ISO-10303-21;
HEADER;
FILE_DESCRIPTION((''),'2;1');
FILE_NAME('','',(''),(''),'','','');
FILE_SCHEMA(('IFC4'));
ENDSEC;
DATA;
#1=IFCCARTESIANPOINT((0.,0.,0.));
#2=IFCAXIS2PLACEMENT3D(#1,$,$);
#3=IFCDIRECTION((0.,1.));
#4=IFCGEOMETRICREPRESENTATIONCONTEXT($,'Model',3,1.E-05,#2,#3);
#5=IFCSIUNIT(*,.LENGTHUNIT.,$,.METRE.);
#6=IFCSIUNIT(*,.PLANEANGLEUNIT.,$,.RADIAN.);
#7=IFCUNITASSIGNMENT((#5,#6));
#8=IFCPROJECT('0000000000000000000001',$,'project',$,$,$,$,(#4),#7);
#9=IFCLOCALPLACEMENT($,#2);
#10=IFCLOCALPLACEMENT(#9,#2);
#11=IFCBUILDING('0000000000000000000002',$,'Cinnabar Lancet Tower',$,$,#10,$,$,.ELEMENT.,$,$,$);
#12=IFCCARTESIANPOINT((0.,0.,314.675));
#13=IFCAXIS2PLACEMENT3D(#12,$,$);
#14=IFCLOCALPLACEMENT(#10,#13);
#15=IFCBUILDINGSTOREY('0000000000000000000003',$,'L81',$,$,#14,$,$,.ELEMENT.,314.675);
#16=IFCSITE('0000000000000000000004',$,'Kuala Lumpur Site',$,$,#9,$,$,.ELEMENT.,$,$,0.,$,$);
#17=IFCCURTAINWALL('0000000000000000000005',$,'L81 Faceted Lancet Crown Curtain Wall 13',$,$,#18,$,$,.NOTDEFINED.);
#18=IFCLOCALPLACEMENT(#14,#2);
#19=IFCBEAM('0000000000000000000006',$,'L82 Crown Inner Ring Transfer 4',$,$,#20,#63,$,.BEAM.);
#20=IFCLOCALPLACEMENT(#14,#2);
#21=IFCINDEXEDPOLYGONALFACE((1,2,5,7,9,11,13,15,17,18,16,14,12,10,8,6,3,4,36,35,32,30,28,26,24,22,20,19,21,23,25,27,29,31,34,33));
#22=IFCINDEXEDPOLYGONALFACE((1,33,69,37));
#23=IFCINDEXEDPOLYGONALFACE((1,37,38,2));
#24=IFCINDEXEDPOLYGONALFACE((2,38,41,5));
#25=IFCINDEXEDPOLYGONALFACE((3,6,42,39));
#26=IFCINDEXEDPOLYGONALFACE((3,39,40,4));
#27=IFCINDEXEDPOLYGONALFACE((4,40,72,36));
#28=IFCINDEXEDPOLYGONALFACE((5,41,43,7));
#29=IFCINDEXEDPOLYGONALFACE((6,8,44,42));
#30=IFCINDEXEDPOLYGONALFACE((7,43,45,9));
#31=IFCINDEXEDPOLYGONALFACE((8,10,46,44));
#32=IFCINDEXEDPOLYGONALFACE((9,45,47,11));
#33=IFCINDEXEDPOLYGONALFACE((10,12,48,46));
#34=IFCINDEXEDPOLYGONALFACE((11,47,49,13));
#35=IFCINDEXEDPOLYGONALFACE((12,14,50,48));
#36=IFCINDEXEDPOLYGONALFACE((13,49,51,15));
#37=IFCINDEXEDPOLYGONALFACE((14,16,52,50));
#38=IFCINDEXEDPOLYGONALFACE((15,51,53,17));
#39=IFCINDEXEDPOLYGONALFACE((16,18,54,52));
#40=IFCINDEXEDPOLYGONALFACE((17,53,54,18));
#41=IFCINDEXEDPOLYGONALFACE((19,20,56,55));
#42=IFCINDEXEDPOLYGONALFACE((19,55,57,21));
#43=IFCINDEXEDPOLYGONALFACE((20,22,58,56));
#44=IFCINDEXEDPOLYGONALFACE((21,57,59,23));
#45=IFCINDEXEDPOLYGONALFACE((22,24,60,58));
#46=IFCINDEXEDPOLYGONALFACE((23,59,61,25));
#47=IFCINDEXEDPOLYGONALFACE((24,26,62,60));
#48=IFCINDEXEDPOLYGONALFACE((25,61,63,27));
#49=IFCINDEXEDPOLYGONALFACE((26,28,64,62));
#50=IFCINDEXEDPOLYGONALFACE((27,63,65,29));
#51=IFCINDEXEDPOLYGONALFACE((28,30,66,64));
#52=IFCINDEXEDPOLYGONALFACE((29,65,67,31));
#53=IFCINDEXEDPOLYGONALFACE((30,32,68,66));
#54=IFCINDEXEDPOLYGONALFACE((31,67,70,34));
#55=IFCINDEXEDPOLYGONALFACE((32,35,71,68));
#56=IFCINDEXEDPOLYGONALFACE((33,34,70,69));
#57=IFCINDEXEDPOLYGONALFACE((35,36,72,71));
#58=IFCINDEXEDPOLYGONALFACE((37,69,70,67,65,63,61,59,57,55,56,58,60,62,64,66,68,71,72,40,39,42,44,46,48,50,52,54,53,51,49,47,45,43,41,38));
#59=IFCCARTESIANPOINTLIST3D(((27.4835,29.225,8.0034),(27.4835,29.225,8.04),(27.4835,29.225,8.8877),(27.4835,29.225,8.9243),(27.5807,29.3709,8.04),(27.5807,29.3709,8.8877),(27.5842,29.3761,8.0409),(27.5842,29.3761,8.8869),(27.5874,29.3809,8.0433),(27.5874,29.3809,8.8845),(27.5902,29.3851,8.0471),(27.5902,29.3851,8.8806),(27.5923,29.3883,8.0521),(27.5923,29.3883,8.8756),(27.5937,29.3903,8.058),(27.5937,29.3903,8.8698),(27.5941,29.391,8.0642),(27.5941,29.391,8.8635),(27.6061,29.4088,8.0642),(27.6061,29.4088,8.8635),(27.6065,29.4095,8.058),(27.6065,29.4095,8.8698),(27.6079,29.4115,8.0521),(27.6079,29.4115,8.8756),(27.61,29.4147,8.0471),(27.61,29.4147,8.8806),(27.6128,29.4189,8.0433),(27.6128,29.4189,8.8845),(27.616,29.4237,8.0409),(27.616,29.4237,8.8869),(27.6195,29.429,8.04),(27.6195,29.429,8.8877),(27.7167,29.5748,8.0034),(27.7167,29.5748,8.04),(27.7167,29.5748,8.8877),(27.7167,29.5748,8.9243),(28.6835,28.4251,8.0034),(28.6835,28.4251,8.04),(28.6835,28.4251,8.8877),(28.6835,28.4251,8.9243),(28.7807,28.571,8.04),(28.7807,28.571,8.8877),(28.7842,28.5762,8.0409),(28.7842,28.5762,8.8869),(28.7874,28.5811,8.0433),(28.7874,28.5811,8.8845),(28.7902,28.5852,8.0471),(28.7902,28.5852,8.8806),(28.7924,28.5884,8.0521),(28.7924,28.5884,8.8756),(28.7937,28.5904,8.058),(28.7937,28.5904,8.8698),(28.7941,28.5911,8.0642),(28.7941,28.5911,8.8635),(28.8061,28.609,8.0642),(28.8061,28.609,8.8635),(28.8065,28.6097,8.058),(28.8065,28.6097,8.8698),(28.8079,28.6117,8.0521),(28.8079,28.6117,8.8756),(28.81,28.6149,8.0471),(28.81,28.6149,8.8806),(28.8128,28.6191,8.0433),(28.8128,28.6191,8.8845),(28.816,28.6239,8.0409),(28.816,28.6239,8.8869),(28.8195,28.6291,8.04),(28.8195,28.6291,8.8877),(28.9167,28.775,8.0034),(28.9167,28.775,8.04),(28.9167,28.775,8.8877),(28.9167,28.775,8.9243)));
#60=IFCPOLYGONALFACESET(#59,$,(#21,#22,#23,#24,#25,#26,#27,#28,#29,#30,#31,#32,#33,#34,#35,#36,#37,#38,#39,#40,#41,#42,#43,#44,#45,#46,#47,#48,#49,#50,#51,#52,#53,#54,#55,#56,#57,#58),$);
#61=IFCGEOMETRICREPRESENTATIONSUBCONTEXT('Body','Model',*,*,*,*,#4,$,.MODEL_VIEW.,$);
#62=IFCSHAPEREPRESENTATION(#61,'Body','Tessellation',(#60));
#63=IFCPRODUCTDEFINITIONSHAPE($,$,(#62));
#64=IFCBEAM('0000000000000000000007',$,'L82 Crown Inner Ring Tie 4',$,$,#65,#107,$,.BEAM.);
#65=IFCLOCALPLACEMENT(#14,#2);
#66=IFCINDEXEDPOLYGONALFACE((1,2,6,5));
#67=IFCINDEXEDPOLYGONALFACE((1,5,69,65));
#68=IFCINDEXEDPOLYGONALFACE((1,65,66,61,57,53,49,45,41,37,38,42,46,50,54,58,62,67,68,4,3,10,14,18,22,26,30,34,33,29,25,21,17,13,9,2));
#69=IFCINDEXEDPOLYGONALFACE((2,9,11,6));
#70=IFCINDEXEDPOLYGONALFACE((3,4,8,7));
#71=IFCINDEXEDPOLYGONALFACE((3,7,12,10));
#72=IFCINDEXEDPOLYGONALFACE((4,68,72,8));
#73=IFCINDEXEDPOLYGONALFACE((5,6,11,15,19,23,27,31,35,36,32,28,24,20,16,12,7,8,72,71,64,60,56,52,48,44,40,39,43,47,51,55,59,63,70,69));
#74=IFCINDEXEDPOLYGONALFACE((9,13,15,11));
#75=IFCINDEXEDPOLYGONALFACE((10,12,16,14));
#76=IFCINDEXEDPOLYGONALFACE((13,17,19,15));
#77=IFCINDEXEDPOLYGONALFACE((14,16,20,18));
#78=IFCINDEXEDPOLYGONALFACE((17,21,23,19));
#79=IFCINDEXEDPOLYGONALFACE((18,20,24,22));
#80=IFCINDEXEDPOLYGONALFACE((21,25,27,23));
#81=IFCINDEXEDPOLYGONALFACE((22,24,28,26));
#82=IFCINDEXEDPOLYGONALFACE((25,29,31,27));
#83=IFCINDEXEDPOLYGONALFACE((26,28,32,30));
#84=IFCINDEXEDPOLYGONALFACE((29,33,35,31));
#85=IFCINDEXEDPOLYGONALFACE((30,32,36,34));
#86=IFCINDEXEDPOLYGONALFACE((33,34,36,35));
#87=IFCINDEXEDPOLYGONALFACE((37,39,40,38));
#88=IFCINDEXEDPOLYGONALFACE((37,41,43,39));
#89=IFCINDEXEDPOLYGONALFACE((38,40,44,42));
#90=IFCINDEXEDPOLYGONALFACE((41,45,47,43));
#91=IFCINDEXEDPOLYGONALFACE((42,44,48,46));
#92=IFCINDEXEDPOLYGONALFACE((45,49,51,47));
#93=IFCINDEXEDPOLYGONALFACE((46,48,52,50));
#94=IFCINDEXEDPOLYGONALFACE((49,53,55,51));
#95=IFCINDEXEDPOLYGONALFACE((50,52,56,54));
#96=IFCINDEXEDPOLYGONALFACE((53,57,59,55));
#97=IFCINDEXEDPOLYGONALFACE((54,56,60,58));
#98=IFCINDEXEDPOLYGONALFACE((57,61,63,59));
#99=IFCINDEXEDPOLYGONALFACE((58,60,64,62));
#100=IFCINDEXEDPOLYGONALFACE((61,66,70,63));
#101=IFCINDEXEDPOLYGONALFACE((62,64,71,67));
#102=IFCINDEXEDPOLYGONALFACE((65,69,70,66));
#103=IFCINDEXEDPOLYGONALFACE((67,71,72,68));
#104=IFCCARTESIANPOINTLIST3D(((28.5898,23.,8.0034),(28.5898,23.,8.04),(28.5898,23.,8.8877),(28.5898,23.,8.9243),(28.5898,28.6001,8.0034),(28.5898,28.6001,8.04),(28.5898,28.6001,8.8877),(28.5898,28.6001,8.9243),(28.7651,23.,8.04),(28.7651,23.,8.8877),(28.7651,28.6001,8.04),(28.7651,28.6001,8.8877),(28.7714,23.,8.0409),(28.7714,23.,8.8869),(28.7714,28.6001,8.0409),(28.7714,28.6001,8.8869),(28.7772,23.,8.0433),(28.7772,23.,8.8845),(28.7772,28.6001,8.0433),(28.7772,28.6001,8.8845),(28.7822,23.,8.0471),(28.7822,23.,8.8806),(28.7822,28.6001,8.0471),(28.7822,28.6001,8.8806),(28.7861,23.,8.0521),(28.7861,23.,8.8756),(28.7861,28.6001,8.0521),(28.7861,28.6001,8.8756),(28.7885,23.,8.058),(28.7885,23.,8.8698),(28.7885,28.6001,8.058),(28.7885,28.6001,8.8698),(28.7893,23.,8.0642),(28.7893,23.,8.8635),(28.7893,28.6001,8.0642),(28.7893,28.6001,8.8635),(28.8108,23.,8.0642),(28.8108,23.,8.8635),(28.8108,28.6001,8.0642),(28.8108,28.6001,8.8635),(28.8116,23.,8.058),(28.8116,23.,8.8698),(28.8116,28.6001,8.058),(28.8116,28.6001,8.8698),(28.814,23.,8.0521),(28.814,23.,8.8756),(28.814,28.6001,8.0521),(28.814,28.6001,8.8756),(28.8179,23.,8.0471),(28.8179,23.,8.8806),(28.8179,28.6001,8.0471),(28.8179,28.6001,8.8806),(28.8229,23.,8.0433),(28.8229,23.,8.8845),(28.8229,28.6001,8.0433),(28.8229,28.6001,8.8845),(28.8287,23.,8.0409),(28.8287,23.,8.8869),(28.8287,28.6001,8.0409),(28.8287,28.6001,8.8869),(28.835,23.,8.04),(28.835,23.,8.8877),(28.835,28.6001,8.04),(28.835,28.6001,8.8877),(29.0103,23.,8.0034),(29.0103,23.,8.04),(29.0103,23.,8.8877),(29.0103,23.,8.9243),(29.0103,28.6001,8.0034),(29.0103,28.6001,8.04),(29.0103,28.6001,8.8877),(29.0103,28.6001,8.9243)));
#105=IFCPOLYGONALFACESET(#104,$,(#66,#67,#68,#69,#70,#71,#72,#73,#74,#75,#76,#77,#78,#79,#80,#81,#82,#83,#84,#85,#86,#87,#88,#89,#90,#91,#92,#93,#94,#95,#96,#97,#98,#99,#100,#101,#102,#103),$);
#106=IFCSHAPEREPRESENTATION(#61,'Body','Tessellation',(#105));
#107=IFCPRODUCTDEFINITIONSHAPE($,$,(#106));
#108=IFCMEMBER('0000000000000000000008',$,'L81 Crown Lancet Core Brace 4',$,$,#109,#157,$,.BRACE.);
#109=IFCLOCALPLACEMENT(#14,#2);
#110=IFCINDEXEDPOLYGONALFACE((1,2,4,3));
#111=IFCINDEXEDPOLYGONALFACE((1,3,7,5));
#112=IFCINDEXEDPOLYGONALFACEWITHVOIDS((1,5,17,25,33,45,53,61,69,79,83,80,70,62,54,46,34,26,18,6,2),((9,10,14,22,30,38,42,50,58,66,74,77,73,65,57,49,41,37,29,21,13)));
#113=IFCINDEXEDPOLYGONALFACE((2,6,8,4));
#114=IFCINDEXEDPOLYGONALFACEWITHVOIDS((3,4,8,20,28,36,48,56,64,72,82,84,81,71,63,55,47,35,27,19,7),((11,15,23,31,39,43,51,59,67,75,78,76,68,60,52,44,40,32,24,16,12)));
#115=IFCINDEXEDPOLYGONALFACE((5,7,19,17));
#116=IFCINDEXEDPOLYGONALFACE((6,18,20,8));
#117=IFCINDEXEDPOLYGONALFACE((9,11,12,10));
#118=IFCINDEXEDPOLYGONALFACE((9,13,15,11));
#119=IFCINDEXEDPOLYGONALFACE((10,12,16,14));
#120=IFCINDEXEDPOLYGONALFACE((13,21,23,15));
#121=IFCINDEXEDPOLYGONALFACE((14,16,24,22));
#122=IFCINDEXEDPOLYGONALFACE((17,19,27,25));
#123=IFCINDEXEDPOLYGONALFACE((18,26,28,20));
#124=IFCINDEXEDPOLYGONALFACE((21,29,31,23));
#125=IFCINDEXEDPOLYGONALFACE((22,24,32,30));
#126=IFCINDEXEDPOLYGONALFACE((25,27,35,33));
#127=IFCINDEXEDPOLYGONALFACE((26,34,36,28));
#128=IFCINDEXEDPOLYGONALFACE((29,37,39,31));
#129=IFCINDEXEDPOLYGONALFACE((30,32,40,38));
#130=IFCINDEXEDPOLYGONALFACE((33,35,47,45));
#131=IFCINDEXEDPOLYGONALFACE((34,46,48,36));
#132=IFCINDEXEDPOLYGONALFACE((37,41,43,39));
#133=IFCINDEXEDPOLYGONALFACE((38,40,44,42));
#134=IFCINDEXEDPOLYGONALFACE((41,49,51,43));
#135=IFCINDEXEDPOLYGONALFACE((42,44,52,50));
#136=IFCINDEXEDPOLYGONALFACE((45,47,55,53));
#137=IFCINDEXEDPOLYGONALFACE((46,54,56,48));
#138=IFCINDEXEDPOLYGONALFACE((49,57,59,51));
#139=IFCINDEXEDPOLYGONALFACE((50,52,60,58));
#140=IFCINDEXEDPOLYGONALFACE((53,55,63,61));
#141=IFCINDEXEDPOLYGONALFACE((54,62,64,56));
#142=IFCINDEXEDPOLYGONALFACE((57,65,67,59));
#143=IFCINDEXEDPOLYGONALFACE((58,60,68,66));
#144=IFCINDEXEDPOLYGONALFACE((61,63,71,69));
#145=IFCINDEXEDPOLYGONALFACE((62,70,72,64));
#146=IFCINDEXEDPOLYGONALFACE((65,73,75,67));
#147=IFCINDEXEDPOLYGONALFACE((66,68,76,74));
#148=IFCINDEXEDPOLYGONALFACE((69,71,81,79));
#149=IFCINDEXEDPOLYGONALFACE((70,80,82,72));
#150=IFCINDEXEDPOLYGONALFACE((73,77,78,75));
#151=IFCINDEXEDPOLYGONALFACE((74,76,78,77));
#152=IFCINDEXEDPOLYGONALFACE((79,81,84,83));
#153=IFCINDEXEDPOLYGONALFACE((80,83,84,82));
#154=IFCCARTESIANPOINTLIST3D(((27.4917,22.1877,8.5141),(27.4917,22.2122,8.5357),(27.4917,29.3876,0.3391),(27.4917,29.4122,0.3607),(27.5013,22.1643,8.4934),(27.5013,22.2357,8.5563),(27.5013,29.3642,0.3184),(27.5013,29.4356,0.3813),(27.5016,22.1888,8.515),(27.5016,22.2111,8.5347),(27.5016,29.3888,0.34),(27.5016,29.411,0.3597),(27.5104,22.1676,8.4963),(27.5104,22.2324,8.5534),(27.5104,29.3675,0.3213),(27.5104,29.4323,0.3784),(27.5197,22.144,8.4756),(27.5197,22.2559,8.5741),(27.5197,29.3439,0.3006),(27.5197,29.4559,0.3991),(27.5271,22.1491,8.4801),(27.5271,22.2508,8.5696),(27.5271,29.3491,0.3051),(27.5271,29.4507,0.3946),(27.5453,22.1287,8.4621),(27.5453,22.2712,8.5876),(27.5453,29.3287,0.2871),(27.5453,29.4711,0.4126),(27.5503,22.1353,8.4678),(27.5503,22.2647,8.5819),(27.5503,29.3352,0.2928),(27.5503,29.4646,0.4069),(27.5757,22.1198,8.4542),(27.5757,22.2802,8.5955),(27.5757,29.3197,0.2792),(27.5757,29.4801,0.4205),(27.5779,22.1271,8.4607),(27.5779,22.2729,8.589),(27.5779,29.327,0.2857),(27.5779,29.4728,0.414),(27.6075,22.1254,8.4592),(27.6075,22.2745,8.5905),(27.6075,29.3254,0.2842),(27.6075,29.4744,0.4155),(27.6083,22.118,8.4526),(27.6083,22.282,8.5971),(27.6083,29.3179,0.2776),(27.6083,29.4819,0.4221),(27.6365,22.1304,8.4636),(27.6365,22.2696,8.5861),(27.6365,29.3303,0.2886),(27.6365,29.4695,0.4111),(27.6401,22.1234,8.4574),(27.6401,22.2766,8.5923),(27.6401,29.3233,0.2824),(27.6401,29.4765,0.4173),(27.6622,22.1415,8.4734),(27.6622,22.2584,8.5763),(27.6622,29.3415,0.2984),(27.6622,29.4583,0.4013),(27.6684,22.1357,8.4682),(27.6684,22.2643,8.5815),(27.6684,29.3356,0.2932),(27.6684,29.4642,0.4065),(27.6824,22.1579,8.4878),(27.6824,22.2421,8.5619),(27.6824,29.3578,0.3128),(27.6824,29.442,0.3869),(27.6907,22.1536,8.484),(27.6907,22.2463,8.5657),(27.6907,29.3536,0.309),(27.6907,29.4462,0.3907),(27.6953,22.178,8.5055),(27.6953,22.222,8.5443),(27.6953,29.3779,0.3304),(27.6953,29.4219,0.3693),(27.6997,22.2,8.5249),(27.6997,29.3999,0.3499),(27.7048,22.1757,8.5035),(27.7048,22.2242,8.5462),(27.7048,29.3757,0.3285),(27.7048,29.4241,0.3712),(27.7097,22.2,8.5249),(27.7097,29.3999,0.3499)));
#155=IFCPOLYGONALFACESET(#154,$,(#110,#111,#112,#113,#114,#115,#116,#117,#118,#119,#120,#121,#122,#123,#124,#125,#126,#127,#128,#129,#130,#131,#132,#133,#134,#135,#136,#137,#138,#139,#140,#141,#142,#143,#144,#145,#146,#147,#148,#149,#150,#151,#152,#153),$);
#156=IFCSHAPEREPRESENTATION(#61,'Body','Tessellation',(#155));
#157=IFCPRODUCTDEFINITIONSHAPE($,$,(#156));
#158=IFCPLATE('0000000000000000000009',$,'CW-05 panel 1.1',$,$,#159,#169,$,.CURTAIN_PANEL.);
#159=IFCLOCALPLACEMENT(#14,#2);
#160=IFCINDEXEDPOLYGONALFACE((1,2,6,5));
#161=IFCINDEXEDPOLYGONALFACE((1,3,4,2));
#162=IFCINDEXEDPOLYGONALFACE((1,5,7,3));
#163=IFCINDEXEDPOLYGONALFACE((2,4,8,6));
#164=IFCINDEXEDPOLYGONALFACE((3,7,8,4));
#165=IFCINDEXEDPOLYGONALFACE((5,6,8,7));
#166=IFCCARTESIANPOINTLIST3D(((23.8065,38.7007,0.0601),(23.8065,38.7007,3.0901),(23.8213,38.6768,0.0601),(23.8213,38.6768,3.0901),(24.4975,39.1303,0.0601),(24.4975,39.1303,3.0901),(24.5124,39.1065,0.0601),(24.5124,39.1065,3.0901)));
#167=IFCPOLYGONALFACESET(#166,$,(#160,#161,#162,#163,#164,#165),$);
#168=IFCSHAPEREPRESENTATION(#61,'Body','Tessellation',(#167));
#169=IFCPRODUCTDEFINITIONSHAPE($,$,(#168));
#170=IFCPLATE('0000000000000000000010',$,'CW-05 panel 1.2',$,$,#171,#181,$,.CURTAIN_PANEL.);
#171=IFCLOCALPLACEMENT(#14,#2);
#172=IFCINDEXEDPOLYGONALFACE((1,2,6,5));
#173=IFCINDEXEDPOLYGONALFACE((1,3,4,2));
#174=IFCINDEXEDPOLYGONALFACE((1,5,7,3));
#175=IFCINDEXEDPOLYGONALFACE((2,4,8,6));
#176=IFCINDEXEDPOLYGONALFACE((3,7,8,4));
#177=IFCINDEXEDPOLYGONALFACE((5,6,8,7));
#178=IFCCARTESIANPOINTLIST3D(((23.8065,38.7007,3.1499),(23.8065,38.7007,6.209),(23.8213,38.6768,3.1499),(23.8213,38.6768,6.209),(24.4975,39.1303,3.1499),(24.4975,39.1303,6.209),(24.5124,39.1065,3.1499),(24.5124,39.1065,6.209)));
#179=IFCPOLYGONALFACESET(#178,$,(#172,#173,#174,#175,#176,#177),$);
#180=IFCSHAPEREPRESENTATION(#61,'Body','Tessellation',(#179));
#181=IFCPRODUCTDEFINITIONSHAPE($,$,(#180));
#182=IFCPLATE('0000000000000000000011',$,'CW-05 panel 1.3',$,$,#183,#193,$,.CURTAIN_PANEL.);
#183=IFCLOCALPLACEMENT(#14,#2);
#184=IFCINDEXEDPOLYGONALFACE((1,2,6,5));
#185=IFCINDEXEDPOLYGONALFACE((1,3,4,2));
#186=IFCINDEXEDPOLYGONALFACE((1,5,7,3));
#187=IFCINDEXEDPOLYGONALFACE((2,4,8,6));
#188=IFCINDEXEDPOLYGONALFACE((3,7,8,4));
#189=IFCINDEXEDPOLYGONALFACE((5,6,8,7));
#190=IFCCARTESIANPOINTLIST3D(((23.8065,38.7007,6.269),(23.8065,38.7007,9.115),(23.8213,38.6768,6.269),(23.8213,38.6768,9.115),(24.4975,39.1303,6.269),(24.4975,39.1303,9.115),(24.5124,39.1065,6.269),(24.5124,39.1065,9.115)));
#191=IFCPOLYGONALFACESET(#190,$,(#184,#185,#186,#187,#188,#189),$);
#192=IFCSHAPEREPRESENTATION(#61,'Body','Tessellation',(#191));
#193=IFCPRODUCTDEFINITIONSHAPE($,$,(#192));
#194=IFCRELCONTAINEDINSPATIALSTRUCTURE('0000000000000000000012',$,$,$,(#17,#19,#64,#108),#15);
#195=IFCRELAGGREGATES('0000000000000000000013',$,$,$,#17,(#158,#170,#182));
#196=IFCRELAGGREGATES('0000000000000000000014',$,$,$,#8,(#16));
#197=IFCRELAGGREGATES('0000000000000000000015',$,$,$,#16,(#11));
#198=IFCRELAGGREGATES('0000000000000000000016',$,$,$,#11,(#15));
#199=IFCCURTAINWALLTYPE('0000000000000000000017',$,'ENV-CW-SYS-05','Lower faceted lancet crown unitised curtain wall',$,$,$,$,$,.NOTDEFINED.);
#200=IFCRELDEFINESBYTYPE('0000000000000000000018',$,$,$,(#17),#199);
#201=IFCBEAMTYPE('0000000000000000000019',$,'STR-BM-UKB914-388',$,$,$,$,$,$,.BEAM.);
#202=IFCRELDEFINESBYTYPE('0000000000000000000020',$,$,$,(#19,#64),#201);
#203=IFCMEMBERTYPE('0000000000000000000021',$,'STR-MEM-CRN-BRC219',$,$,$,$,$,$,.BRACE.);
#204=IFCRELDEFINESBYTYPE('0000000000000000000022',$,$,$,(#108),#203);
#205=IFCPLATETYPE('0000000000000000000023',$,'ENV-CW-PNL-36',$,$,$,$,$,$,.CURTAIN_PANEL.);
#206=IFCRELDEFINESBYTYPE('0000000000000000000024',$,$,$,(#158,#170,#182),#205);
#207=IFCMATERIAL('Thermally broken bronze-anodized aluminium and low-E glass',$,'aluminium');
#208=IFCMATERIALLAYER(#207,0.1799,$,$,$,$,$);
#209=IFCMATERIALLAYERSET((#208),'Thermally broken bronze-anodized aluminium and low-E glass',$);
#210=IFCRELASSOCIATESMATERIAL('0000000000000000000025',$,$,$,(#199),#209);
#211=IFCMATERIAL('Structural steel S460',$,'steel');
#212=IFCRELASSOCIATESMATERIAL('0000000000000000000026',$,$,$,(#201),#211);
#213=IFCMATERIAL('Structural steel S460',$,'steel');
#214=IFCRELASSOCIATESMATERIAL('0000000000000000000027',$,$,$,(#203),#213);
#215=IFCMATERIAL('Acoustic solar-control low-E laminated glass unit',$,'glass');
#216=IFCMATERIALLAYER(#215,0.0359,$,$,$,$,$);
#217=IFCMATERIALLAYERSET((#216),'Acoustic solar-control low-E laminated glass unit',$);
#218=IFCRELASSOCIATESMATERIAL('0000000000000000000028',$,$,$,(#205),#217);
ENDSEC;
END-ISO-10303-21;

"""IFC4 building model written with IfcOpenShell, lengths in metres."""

from ifc_helpers import new_model, si_unit, direction, frame, origin, origin_2d, place, context, subcontext, project, spatial, rectangle, hollow_circle, i_section, extrude, material, layer, layer_set, material_profile, profile_set, type_object, element, aggregate, save


model = new_model("IFC4")

# Units and contexts
model_context = context("Model", 3, precision=1e-05, world=origin(), true_north=direction((0.0, 1.0)))
body_context = subcontext(model_context, "Body", "Model", "MODEL_VIEW")
ifc_project = project(units=[si_unit("LENGTHUNIT", "METRE"), si_unit("PLANEANGLEUNIT", "RADIAN")], contexts=[model_context])

# Site, building, storey
site_placement = place(None, origin())
site = spatial("IfcSite", under=ifc_project, at=site_placement, Name="Kuala Lumpur Site", CompositionType="ELEMENT", RefElevation=0.0)
building_placement = place(site_placement, origin())
building = spatial("IfcBuilding", under=site, at=building_placement, Name="Cinnabar Lancet Tower", CompositionType="ELEMENT")
storey_placement = place(building_placement, frame((0.0, 0.0, 314.675)))
storey = spatial("IfcBuildingStorey", under=building, at=storey_placement, Name="L81", CompositionType="ELEMENT", Elevation=314.675)

# Curtain wall
ifc_material_1 = material(Name="Thermally broken bronze-anodized aluminium and low-E glass", Category="aluminium")
ifc_layer_1 = layer(ifc_material_1, 0.1799)
ifc_layer_set_1 = layer_set([ifc_layer_1], Name="Thermally broken bronze-anodized aluminium and low-E glass")
curtain_wall_type = type_object("IfcCurtainWallType", Name="ENV-CW-SYS-05", Description="Lower faceted lancet crown unitised curtain wall", PredefinedType="NOTDEFINED", material=ifc_layer_set_1)
curtain_wall_1_placement = place(storey_placement, origin())
curtain_wall_1 = element("IfcCurtainWall", 1, at=curtain_wall_1_placement, inside=storey, type_object=curtain_wall_type, Name="L81 Faceted Lancet Crown Curtain Wall 13", PredefinedType="NOTDEFINED")

# Beams
ifc_material_2 = material(Name="Structural steel S460", Category="steel")
ifc_material_profile_1 = material_profile(ifc_material_2, i_section(OverallWidth=0.4204, OverallDepth=0.9209, WebThickness=0.0215, FlangeThickness=0.0366, FilletRadius=0.0242, at=origin_2d()), Name="UKB 914x419x388")
ifc_profile_set_1 = profile_set([ifc_material_profile_1], Name="Structural steel S460")
beam_type = type_object("IfcBeamType", Name="STR-BM-UKB914-388", PredefinedType="BEAM", material=ifc_profile_set_1)
beam_1_placement = place(storey_placement, frame((27.6001, 29.3999, 8.4639), z_axis=(0.832102, -0.554622, 0.0), x_axis=(0.554622, 0.832102, 0.0)))
element("IfcBeam", 2, at=beam_1_placement, inside=storey, type_object=beam_type, Name="L82 Crown Inner Ring Transfer 4", PredefinedType="BEAM", context=body_context, shape_type="SweptSolid", body=[
    extrude(i_section(OverallWidth=0.4204, OverallDepth=0.9209, WebThickness=0.0215, FlangeThickness=0.0366, FilletRadius=0.0242, at=origin_2d()), origin(), (0.0, 0.0, 1.0), 1.4421),
])
beam_2_placement = place(storey_placement, frame((28.8, 28.6001, 8.4639), z_axis=(0.0, -1.0, 0.0), x_axis=(1.0, 0.0, 0.0)))
element("IfcBeam", 3, at=beam_2_placement, inside=storey, type_object=beam_type, Name="L82 Crown Inner Ring Tie 4", PredefinedType="BEAM", context=body_context, shape_type="SweptSolid", body=[
    extrude(i_section(OverallWidth=0.4204, OverallDepth=0.9209, WebThickness=0.0215, FlangeThickness=0.0366, FilletRadius=0.0242, at=origin_2d()), origin(), (0.0, 0.0, 1.0), 5.6001),
])

# Member
ifc_material_3 = material(Name="Structural steel S460", Category="steel")
ifc_material_profile_2 = material_profile(ifc_material_3, hollow_circle(Radius=0.1096, WallThickness=0.01, at=origin_2d()), Name="CHS 219.1x10")
ifc_profile_set_2 = profile_set([ifc_material_profile_2], Name="Structural steel S460")
member_type_1 = type_object("IfcMemberType", Name="STR-MEM-CRN-BRC219", PredefinedType="BRACE", material=ifc_profile_set_2)
member_1_placement = place(storey_placement, frame((27.6001, 29.3999, 0.3499), z_axis=(0.0, -0.660933, 0.750444), x_axis=(1.0, 0.0, 0.0)))
element("IfcMember", 4, at=member_1_placement, inside=storey, type_object=member_type_1, Name="L81 Crown Lancet Core Brace 4", PredefinedType="BRACE", context=body_context, shape_type="SweptSolid", body=[
    extrude(hollow_circle(Radius=0.1096, WallThickness=0.01, at=origin_2d()), origin(), (0.0, 0.0, 1.0), 10.8936),
])

# Plates
ifc_material_4 = material(Name="Acoustic solar-control low-E laminated glass unit", Category="glass")
ifc_layer_2 = layer(ifc_material_4, 0.0359)
ifc_layer_set_2 = layer_set([ifc_layer_2], Name="Acoustic solar-control low-E laminated glass unit")
plate_type_1 = type_object("IfcPlateType", Name="ENV-CW-PNL-36", PredefinedType="CURTAIN_PANEL", material=ifc_layer_set_2)
plate_1_placement = place(storey_placement, frame((24.1594, 38.9036, 0.0601), z_axis=(0.0, 0.0, 1.0), x_axis=(-0.849259, -0.527976, 0.0)))
plate_1 = element("IfcPlate", 5, at=plate_1_placement, type_object=plate_type_1, Name="CW-05 panel 1.1", PredefinedType="CURTAIN_PANEL", context=body_context, shape_type="SweptSolid", body=[
    extrude(rectangle(XDim=0.8137, YDim=0.0281, at=origin_2d()), origin(), (0.0, 0.0, 1.0), 3.03),
])
plate_2_placement = place(storey_placement, frame((24.1594, 38.9036, 3.1499), z_axis=(0.0, 0.0, 1.0), x_axis=(-0.849259, -0.527976, 0.0)))
plate_2 = element("IfcPlate", 6, at=plate_2_placement, type_object=plate_type_1, Name="CW-05 panel 1.2", PredefinedType="CURTAIN_PANEL", context=body_context, shape_type="SweptSolid", body=[
    extrude(rectangle(XDim=0.8137, YDim=0.0281, at=origin_2d()), origin(), (0.0, 0.0, 1.0), 3.0591),
])
plate_3_placement = place(storey_placement, frame((24.1594, 38.9036, 6.269), z_axis=(0.0, 0.0, 1.0), x_axis=(-0.849259, -0.527976, 0.0)))
plate_3 = element("IfcPlate", 7, at=plate_3_placement, type_object=plate_type_1, Name="CW-05 panel 1.3", PredefinedType="CURTAIN_PANEL", context=body_context, shape_type="SweptSolid", body=[
    extrude(rectangle(XDim=0.8137, YDim=0.0281, at=origin_2d()), origin(), (0.0, 0.0, 1.0), 2.8459),
])
aggregate(curtain_wall_1, [plate_1, plate_2, plate_3])

save(model, "model.ifc")
